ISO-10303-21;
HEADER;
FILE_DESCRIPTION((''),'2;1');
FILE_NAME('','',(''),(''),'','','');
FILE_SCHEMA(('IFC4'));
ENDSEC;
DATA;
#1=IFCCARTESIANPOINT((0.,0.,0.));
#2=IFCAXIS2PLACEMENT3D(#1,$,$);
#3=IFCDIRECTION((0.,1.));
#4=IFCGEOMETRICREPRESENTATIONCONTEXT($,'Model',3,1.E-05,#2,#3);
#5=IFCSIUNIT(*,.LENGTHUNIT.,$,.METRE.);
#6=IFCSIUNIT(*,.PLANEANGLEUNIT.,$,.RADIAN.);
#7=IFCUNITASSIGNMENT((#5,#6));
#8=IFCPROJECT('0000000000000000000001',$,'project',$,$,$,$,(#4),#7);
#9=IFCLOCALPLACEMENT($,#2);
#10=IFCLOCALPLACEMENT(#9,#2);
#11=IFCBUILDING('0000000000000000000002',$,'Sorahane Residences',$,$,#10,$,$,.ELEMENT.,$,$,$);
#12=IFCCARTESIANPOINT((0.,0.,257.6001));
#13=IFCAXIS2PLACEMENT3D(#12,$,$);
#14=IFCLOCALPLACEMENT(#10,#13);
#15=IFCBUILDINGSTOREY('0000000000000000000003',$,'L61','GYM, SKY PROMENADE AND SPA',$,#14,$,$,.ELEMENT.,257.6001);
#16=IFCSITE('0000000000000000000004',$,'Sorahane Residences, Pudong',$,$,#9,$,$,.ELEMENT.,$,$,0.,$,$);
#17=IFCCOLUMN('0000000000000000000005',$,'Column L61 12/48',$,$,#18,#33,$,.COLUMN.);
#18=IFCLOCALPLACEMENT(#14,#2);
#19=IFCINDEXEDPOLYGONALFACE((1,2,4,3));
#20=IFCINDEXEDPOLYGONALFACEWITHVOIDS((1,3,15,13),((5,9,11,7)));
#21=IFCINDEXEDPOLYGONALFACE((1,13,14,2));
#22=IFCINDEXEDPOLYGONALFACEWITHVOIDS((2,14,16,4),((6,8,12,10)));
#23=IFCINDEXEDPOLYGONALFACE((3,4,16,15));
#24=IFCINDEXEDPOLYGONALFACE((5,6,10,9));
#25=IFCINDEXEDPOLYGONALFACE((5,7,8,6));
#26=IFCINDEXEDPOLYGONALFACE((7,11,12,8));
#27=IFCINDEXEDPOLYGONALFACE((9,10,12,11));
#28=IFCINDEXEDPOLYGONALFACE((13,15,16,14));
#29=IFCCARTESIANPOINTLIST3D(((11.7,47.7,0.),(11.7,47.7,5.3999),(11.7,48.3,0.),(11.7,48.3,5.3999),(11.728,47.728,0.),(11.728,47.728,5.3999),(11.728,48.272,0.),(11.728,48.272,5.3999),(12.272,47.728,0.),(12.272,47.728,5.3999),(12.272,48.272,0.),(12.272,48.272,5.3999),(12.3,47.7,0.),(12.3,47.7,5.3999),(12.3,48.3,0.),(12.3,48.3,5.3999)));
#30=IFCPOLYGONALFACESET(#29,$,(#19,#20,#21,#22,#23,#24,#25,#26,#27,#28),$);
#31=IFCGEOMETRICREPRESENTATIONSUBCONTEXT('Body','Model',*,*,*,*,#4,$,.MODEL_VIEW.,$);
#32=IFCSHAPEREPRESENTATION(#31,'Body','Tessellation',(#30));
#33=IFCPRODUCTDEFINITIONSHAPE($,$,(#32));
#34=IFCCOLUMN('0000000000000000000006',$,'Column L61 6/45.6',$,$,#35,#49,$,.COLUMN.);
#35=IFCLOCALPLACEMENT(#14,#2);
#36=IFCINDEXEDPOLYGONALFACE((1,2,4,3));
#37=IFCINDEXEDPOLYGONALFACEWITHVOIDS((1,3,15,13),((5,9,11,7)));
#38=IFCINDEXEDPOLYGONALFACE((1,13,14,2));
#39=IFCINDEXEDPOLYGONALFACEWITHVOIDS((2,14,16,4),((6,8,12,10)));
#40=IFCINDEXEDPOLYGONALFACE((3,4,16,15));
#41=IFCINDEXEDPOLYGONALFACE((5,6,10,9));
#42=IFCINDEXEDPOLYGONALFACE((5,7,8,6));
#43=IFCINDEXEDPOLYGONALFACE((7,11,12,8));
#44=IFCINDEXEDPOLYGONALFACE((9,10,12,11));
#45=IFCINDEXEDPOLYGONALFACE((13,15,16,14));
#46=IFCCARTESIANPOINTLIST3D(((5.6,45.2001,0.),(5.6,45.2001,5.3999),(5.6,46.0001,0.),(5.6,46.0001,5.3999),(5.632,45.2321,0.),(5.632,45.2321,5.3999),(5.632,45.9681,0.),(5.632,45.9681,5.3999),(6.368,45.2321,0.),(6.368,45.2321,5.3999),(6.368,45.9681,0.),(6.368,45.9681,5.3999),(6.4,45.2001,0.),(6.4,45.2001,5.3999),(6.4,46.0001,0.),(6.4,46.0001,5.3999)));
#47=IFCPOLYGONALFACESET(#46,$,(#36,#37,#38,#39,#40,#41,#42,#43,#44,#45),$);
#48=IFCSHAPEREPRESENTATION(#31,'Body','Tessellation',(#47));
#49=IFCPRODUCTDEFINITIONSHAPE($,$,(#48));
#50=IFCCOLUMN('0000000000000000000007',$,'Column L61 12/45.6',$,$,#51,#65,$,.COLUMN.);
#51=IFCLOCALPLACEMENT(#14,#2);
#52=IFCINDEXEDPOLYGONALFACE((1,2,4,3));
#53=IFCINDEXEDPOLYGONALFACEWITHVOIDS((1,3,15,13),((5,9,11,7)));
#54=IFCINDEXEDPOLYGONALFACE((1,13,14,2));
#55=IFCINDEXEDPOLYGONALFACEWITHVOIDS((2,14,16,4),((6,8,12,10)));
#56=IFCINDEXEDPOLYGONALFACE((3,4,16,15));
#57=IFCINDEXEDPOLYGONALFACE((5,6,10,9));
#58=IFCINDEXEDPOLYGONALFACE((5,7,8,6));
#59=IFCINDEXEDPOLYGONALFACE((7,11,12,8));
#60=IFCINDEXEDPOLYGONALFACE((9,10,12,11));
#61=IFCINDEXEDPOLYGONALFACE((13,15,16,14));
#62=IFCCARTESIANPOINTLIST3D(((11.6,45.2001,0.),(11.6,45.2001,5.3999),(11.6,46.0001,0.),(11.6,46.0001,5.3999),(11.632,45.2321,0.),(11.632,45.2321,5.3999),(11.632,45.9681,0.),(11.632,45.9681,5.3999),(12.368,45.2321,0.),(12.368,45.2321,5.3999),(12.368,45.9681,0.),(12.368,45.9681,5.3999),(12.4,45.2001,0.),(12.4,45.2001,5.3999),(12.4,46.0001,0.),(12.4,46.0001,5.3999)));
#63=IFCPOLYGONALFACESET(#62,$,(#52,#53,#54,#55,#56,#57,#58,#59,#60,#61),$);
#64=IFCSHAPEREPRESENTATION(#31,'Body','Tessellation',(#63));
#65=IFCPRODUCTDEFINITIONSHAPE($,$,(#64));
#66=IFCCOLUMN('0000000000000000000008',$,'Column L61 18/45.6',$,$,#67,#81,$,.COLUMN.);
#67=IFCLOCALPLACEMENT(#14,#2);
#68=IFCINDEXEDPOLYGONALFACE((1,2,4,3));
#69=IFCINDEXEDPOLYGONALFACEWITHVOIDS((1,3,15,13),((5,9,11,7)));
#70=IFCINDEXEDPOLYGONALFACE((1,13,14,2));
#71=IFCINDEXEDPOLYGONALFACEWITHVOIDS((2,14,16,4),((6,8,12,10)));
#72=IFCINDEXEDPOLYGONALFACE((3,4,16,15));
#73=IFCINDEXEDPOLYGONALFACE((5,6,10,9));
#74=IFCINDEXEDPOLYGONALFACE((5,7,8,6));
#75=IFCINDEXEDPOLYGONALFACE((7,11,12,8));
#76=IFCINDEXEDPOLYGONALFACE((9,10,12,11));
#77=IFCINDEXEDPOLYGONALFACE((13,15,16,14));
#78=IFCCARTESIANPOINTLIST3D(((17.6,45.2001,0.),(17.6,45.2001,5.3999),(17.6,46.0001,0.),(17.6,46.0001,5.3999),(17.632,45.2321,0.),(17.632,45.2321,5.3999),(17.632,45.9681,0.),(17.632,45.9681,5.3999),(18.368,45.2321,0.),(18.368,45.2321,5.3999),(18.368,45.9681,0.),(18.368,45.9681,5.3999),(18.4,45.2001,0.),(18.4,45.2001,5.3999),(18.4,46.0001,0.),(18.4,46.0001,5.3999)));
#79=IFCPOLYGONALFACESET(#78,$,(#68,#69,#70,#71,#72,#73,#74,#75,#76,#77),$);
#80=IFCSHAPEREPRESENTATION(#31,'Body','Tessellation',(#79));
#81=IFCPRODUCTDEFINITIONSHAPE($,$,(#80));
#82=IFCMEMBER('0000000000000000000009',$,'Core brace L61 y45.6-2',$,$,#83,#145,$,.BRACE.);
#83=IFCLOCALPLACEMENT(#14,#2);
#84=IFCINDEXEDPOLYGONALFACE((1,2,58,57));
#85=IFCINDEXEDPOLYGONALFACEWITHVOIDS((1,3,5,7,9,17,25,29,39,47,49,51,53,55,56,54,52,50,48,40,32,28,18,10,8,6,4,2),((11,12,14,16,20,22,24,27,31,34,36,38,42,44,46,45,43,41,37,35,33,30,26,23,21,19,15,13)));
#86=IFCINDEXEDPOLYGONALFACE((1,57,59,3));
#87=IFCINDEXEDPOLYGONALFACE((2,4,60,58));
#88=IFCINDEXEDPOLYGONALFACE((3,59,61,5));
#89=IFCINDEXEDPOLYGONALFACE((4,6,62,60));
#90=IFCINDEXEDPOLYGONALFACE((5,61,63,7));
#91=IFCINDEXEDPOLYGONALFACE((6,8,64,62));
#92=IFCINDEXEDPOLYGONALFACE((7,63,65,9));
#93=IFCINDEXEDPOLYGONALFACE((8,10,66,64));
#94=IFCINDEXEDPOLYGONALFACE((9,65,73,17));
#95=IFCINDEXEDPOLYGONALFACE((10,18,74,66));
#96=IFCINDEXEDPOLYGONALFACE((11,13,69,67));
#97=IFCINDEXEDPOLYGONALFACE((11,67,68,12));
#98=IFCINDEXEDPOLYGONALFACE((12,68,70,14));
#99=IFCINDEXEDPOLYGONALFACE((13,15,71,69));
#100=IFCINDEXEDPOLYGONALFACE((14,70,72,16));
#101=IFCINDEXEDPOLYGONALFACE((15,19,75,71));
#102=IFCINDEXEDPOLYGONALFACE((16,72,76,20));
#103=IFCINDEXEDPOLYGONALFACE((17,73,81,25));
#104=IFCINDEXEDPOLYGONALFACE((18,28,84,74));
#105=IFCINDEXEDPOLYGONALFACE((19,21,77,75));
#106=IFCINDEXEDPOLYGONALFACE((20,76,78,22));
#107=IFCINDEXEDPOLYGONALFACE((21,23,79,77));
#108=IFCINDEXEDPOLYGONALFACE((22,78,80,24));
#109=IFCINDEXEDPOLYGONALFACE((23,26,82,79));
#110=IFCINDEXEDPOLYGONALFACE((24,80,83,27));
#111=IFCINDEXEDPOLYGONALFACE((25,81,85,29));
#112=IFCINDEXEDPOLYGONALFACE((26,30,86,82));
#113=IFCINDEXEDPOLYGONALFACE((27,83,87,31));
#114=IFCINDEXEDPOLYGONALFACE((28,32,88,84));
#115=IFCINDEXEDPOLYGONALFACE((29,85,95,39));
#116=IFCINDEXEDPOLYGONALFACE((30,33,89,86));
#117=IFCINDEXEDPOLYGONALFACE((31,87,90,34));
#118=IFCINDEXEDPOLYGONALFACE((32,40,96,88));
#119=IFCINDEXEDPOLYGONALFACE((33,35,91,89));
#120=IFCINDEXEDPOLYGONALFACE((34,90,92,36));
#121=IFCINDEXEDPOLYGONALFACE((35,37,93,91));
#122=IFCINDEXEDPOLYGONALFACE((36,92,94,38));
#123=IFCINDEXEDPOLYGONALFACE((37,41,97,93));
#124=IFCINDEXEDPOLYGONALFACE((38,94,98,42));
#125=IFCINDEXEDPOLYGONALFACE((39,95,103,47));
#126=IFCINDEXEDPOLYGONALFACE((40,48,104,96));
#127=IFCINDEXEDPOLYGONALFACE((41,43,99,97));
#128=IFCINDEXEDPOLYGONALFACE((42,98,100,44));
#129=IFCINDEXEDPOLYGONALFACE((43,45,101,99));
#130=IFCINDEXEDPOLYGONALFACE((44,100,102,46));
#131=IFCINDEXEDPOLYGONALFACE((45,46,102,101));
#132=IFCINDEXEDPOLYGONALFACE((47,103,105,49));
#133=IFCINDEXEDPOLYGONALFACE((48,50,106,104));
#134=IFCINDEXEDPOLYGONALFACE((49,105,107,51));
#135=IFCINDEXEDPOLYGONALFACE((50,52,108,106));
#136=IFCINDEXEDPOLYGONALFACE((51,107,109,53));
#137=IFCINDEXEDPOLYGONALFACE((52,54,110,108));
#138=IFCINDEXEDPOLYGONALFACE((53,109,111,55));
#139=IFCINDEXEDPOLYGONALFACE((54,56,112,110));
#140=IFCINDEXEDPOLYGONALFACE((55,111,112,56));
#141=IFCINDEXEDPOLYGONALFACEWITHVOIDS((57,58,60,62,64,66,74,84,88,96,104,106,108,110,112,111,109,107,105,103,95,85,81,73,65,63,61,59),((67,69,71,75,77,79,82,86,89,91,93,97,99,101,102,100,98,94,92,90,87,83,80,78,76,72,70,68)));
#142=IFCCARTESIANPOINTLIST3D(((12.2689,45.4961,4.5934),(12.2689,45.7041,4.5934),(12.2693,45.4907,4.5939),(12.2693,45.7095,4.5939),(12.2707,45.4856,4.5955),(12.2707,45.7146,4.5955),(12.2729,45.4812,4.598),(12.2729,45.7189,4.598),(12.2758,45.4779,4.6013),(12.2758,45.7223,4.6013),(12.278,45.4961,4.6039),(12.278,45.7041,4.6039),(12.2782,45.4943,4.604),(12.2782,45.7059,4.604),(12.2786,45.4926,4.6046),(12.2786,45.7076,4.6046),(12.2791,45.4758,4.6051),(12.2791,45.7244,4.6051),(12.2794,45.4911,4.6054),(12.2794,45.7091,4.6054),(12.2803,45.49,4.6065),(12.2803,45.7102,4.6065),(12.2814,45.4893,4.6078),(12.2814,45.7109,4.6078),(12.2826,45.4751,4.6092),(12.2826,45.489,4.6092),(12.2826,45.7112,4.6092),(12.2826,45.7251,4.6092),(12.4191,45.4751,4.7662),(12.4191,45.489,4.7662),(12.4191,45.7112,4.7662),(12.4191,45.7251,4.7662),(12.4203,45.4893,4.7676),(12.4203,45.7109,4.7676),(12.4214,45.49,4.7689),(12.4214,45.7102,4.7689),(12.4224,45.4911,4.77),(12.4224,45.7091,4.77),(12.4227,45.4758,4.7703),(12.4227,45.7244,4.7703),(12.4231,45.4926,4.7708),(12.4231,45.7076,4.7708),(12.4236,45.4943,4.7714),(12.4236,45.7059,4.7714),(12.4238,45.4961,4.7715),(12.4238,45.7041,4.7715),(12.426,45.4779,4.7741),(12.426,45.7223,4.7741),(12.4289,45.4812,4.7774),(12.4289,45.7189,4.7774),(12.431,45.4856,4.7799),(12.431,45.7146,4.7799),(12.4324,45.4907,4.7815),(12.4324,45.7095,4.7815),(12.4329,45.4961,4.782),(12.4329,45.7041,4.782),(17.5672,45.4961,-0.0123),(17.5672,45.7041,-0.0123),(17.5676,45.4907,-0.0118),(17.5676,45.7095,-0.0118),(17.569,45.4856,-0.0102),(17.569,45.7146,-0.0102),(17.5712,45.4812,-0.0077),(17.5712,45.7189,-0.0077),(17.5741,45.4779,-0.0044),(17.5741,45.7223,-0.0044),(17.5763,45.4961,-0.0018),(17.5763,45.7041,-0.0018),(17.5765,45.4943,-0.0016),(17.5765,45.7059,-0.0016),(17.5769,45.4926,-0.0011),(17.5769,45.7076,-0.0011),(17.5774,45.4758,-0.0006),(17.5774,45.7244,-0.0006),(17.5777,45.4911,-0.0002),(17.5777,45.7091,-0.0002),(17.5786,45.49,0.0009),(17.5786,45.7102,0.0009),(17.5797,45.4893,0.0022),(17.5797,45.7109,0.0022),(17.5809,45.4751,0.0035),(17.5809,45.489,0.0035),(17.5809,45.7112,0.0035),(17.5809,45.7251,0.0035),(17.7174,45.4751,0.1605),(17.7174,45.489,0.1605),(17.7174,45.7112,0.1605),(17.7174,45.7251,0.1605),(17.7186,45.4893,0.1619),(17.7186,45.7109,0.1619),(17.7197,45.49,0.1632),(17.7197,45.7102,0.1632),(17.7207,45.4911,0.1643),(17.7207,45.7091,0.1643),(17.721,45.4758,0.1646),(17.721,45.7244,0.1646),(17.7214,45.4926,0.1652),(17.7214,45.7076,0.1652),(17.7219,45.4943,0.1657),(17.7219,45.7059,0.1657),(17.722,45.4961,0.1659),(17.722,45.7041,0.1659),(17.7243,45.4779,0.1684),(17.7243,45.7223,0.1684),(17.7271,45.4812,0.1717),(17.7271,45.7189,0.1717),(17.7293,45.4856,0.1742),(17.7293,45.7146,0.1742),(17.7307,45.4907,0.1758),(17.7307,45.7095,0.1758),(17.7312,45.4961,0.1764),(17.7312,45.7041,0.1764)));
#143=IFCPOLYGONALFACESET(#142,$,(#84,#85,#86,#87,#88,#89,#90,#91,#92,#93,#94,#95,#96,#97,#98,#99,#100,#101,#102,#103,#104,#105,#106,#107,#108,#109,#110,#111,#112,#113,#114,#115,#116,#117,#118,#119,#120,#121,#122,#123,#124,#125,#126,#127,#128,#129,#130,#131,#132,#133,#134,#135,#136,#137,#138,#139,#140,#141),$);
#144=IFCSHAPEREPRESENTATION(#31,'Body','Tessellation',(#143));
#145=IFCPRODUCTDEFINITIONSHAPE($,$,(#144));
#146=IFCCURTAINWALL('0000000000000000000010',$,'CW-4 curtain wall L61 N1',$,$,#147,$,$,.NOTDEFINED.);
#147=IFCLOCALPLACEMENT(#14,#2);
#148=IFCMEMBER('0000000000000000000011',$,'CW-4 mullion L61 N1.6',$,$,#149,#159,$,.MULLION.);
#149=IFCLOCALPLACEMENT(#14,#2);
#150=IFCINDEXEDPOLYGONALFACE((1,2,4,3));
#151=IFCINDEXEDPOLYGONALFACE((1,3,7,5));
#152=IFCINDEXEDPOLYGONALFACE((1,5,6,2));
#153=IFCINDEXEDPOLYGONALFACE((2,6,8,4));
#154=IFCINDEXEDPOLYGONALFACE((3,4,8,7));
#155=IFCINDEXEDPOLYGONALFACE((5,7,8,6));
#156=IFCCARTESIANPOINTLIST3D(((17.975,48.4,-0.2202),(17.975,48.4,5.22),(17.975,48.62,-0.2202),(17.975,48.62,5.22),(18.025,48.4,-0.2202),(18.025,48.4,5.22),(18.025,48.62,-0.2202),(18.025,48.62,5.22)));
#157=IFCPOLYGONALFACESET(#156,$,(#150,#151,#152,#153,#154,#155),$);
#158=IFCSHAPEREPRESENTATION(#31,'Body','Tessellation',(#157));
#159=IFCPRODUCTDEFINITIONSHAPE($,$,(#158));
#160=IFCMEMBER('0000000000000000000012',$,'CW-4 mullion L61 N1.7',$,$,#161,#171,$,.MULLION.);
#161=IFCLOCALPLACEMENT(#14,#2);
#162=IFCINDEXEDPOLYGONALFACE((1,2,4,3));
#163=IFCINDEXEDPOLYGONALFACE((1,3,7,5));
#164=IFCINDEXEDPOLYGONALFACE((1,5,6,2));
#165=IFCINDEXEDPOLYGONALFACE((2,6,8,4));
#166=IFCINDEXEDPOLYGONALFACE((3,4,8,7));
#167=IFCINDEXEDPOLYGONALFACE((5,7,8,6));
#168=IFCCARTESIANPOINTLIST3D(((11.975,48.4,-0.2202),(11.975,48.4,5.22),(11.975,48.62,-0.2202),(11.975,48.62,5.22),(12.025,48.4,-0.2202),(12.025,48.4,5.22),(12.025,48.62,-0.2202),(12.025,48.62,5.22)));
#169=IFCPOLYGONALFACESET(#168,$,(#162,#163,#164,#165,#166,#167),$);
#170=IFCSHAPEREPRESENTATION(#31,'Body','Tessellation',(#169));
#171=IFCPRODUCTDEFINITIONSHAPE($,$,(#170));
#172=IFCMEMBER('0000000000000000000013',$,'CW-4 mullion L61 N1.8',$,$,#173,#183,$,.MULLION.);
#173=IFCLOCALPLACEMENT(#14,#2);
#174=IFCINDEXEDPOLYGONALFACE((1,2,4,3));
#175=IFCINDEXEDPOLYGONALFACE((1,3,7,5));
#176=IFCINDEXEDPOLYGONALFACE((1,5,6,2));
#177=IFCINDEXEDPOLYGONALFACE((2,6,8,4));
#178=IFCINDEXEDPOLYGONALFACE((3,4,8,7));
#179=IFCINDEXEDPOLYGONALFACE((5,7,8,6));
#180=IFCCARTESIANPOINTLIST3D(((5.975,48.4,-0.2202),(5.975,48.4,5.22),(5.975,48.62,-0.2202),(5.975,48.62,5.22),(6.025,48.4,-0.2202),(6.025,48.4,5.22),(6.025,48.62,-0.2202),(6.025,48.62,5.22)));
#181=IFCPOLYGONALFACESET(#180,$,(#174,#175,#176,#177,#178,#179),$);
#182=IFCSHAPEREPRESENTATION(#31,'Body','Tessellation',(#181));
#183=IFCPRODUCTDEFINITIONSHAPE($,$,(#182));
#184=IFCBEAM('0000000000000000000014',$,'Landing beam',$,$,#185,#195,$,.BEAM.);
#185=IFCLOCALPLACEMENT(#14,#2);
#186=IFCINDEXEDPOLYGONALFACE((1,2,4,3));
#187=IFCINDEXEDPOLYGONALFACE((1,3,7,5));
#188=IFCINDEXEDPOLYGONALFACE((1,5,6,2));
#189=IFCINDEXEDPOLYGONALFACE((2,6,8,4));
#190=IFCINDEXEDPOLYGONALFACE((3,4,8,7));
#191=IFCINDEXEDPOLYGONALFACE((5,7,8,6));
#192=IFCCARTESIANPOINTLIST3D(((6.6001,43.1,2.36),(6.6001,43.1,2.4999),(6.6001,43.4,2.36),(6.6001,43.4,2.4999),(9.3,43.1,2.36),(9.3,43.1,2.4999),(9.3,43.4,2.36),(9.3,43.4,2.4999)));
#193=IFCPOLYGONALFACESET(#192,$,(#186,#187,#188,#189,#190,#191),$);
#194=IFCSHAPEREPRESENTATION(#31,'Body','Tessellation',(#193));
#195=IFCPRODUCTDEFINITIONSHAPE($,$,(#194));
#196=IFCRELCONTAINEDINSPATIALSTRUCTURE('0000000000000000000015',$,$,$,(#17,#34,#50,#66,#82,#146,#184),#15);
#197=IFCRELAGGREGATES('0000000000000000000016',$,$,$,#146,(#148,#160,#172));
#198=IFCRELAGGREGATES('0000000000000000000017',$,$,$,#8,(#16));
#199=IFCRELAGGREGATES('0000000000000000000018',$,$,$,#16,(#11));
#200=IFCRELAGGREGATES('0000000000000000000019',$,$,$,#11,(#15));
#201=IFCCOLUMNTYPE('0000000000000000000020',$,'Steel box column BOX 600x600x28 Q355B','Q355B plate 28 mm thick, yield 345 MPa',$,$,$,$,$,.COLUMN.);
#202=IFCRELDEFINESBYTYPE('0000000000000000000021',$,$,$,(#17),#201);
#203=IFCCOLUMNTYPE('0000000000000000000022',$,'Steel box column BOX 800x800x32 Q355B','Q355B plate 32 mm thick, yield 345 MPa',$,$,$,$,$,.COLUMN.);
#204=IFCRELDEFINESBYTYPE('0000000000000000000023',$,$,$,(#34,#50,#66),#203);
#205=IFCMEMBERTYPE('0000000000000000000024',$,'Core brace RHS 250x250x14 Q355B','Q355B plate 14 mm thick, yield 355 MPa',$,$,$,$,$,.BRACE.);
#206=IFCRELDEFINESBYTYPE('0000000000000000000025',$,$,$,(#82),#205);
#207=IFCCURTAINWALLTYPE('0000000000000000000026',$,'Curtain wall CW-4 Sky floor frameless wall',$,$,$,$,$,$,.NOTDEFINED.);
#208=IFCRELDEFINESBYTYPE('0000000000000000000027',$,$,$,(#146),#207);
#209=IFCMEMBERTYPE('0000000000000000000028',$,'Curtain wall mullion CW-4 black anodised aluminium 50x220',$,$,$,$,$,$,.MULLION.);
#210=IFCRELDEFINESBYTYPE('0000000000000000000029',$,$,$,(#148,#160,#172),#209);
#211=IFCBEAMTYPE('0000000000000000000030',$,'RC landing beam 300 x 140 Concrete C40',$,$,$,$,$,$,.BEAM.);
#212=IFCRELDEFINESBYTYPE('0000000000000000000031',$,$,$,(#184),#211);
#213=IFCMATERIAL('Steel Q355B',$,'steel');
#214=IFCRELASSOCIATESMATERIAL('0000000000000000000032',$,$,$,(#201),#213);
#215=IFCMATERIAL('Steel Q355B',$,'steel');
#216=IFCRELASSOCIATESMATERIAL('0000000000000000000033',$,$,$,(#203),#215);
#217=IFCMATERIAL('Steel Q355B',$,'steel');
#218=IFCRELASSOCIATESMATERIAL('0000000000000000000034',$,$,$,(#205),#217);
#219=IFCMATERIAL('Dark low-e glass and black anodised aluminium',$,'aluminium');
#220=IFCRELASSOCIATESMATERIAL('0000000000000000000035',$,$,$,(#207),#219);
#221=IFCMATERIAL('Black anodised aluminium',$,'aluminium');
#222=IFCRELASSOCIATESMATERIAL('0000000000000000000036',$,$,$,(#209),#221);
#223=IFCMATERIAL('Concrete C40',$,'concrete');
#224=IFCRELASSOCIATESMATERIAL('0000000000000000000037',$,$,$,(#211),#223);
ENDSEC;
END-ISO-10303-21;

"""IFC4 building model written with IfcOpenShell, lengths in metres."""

from ifc_helpers import new_model, si_unit, direction, frame, origin, origin_2d, place, context, subcontext, project, spatial, rectangle, hollow_rectangle, extrude, material, material_profile, profile_set, type_object, element, aggregate, save


model = new_model("IFC4")

# Units and contexts
model_context = context("Model", 3, precision=1e-05, world=origin(), true_north=direction((0.0, 1.0)))
body_context = subcontext(model_context, "Body", "Model", "MODEL_VIEW")
ifc_project = project(units=[si_unit("LENGTHUNIT", "METRE"), si_unit("PLANEANGLEUNIT", "RADIAN")], contexts=[model_context])

# Site, building, storey
site_placement = place(None, origin())
site = spatial("IfcSite", under=ifc_project, at=site_placement, Name="Sorahane Residences, Pudong", CompositionType="ELEMENT", RefElevation=0.0)
building_placement = place(site_placement, origin())
building = spatial("IfcBuilding", under=site, at=building_placement, Name="Sorahane Residences", CompositionType="ELEMENT")
storey_placement = place(building_placement, frame((0.0, 0.0, 257.6001)))
storey = spatial("IfcBuildingStorey", under=building, at=storey_placement, Name="L61", Description="GYM, SKY PROMENADE AND SPA", CompositionType="ELEMENT", Elevation=257.6001)

# Columns
ifc_material_1 = material(Name="Steel Q355B", Category="steel")
ifc_material_profile_1 = material_profile(ifc_material_1, hollow_rectangle(XDim=0.6001, YDim=0.6001, WallThickness=0.0281, at=origin_2d()), Name="BOX 600x600x28")
ifc_profile_set_1 = profile_set([ifc_material_profile_1], Name="Steel Q355B")
column_type_1 = type_object("IfcColumnType", Name="Steel box column BOX 600x600x28 Q355B", Description="Q355B plate 28 mm thick, yield 345 MPa", PredefinedType="COLUMN", material=ifc_profile_set_1)
column_placement = place(storey_placement, frame((12.0, 48.0, 0.0), z_axis=(0.0, 0.0, 1.0), x_axis=(1.0, 0.0, 0.0)))
element("IfcColumn", 1, at=column_placement, inside=storey, type_object=column_type_1, Name="Column L61 12/48", PredefinedType="COLUMN", context=body_context, shape_type="SweptSolid", body=[
    extrude(hollow_rectangle(XDim=0.6001, YDim=0.6001, WallThickness=0.0281, at=origin_2d()), origin(), (0.0, 0.0, 1.0), 5.3999),
])
ifc_material_2 = material(Name="Steel Q355B", Category="steel")
ifc_material_profile_2 = material_profile(ifc_material_2, hollow_rectangle(XDim=0.8, YDim=0.8, WallThickness=0.032, at=origin_2d()), Name="BOX 800x800x32")
ifc_profile_set_2 = profile_set([ifc_material_profile_2], Name="Steel Q355B")
column_type_2 = type_object("IfcColumnType", Name="Steel box column BOX 800x800x32 Q355B", Description="Q355B plate 32 mm thick, yield 345 MPa", PredefinedType="COLUMN", material=ifc_profile_set_2)
for number, where, z_axis, x_axis, name in (
    (2, (6.0, 45.6001, 0.0), (0.0, 0.0, 1.0), (1.0, 0.0, 0.0), "Column L61 6/45.6"),
    (3, (12.0, 45.6001, 0.0), (0.0, 0.0, 1.0), (1.0, 0.0, 0.0), "Column L61 12/45.6"),
    (4, (18.0, 45.6001, 0.0), (0.0, 0.0, 1.0), (1.0, 0.0, 0.0), "Column L61 18/45.6"),
):
    element("IfcColumn", number, at=place(storey_placement, frame(where, z_axis=z_axis, x_axis=x_axis)), inside=storey, type_object=column_type_2, Name=name, PredefinedType="COLUMN", context=body_context, shape_type="SweptSolid", body=[
        extrude(hollow_rectangle(XDim=0.8, YDim=0.8, WallThickness=0.032, at=origin_2d()), origin(), (0.0, 0.0, 1.0), 5.3999),
    ])

# Member
ifc_material_3 = material(Name="Steel Q355B", Category="steel")
ifc_material_profile_3 = material_profile(ifc_material_3, hollow_rectangle(XDim=0.25, YDim=0.25, WallThickness=0.0139, InnerFilletRadius=0.0071, OuterFilletRadius=0.021, at=origin_2d()), Name="RHS 250x250x14")
ifc_profile_set_3 = profile_set([ifc_material_profile_3], Name="Steel Q355B")
member_type_1 = type_object("IfcMemberType", Name="Core brace RHS 250x250x14 Q355B", Description="Q355B plate 14 mm thick, yield 355 MPa", PredefinedType="BRACE", material=ifc_profile_set_3)
member_1_placement = place(storey_placement, frame((17.6492, 45.6001, 0.082), z_axis=(-0.754714, 0.0, 0.656054), x_axis=(0.0, -1.0, 0.0)))
element("IfcMember", 5, at=member_1_placement, inside=storey, type_object=member_type_1, Name="Core brace L61 y45.6-2", PredefinedType="BRACE", context=body_context, shape_type="SweptSolid", body=[
    extrude(hollow_rectangle(XDim=0.25, YDim=0.25, WallThickness=0.0139, InnerFilletRadius=0.0071, OuterFilletRadius=0.021, at=origin_2d()), origin(), (0.0, 0.0, 1.0), 7.0203),
])

# Curtain wall, members
ifc_material_4 = material(Name="Dark low-e glass and black anodised aluminium", Category="aluminium")
curtain_wall_type = type_object("IfcCurtainWallType", Name="Curtain wall CW-4 Sky floor frameless wall", PredefinedType="NOTDEFINED", material=ifc_material_4)
curtain_wall_placement = place(storey_placement, origin())
curtain_wall = element("IfcCurtainWall", 6, at=curtain_wall_placement, inside=storey, type_object=curtain_wall_type, Name="CW-4 curtain wall L61 N1", PredefinedType="NOTDEFINED")
ifc_material_5 = material(Name="Black anodised aluminium", Category="aluminium")
ifc_material_profile_4 = material_profile(ifc_material_5, rectangle(XDim=0.22, YDim=0.05, at=origin_2d()), Name="Curtain wall mullion CW-4 black anodised aluminium 50x220")
ifc_profile_set_4 = profile_set([ifc_material_profile_4], Name="Black anodised aluminium")
member_type_2 = type_object("IfcMemberType", Name="Curtain wall mullion CW-4 black anodised aluminium 50x220", PredefinedType="MULLION", material=ifc_profile_set_4)
member_2_placement = place(storey_placement, frame((18.0, 48.51, -0.2202), z_axis=(0.0, 0.0, 1.0), x_axis=(0.0, 1.0, 0.0)))
member_2 = element("IfcMember", 7, at=member_2_placement, type_object=member_type_2, Name="CW-4 mullion L61 N1.6", PredefinedType="MULLION", context=body_context, shape_type="SweptSolid", body=[
    extrude(rectangle(XDim=0.22, YDim=0.05, at=origin_2d()), origin(), (0.0, 0.0, 1.0), 5.4402),
])
member_3_placement = place(storey_placement, frame((12.0, 48.51, -0.2202), z_axis=(0.0, 0.0, 1.0), x_axis=(0.0, 1.0, 0.0)))
member_3 = element("IfcMember", 8, at=member_3_placement, type_object=member_type_2, Name="CW-4 mullion L61 N1.7", PredefinedType="MULLION", context=body_context, shape_type="SweptSolid", body=[
    extrude(rectangle(XDim=0.22, YDim=0.05, at=origin_2d()), origin(), (0.0, 0.0, 1.0), 5.4402),
])
member_4_placement = place(storey_placement, frame((6.0, 48.51, -0.2202), z_axis=(0.0, 0.0, 1.0), x_axis=(0.0, 1.0, 0.0)))
member_4 = element("IfcMember", 9, at=member_4_placement, type_object=member_type_2, Name="CW-4 mullion L61 N1.8", PredefinedType="MULLION", context=body_context, shape_type="SweptSolid", body=[
    extrude(rectangle(XDim=0.22, YDim=0.05, at=origin_2d()), origin(), (0.0, 0.0, 1.0), 5.4402),
])

# Beam
ifc_material_6 = material(Name="Concrete C40", Category="concrete")
ifc_material_profile_5 = material_profile(ifc_material_6, rectangle(XDim=0.3, YDim=0.1399, at=origin_2d()), Name="300x140")
ifc_profile_set_5 = profile_set([ifc_material_profile_5], Name="Concrete C40")
beam_type_1 = type_object("IfcBeamType", Name="RC landing beam 300 x 140 Concrete C40", PredefinedType="BEAM", material=ifc_profile_set_5)
for number, where, z_axis, x_axis, name in (
    (10, (6.6001, 43.25, 2.4299), (1.0, 0.0, 0.0), (0.0, 1.0, 0.0), "Landing beam"),
):
    element("IfcBeam", number, at=place(storey_placement, frame(where, z_axis=z_axis, x_axis=x_axis)), inside=storey, type_object=beam_type_1, Name=name, PredefinedType="BEAM", context=body_context, shape_type="SweptSolid", body=[
        extrude(rectangle(XDim=0.3, YDim=0.1399, at=origin_2d()), origin(), (0.0, 0.0, 1.0), 2.7),
    ])

aggregate(curtain_wall, [member_2, member_3, member_4])

save(model, "model.ifc")
